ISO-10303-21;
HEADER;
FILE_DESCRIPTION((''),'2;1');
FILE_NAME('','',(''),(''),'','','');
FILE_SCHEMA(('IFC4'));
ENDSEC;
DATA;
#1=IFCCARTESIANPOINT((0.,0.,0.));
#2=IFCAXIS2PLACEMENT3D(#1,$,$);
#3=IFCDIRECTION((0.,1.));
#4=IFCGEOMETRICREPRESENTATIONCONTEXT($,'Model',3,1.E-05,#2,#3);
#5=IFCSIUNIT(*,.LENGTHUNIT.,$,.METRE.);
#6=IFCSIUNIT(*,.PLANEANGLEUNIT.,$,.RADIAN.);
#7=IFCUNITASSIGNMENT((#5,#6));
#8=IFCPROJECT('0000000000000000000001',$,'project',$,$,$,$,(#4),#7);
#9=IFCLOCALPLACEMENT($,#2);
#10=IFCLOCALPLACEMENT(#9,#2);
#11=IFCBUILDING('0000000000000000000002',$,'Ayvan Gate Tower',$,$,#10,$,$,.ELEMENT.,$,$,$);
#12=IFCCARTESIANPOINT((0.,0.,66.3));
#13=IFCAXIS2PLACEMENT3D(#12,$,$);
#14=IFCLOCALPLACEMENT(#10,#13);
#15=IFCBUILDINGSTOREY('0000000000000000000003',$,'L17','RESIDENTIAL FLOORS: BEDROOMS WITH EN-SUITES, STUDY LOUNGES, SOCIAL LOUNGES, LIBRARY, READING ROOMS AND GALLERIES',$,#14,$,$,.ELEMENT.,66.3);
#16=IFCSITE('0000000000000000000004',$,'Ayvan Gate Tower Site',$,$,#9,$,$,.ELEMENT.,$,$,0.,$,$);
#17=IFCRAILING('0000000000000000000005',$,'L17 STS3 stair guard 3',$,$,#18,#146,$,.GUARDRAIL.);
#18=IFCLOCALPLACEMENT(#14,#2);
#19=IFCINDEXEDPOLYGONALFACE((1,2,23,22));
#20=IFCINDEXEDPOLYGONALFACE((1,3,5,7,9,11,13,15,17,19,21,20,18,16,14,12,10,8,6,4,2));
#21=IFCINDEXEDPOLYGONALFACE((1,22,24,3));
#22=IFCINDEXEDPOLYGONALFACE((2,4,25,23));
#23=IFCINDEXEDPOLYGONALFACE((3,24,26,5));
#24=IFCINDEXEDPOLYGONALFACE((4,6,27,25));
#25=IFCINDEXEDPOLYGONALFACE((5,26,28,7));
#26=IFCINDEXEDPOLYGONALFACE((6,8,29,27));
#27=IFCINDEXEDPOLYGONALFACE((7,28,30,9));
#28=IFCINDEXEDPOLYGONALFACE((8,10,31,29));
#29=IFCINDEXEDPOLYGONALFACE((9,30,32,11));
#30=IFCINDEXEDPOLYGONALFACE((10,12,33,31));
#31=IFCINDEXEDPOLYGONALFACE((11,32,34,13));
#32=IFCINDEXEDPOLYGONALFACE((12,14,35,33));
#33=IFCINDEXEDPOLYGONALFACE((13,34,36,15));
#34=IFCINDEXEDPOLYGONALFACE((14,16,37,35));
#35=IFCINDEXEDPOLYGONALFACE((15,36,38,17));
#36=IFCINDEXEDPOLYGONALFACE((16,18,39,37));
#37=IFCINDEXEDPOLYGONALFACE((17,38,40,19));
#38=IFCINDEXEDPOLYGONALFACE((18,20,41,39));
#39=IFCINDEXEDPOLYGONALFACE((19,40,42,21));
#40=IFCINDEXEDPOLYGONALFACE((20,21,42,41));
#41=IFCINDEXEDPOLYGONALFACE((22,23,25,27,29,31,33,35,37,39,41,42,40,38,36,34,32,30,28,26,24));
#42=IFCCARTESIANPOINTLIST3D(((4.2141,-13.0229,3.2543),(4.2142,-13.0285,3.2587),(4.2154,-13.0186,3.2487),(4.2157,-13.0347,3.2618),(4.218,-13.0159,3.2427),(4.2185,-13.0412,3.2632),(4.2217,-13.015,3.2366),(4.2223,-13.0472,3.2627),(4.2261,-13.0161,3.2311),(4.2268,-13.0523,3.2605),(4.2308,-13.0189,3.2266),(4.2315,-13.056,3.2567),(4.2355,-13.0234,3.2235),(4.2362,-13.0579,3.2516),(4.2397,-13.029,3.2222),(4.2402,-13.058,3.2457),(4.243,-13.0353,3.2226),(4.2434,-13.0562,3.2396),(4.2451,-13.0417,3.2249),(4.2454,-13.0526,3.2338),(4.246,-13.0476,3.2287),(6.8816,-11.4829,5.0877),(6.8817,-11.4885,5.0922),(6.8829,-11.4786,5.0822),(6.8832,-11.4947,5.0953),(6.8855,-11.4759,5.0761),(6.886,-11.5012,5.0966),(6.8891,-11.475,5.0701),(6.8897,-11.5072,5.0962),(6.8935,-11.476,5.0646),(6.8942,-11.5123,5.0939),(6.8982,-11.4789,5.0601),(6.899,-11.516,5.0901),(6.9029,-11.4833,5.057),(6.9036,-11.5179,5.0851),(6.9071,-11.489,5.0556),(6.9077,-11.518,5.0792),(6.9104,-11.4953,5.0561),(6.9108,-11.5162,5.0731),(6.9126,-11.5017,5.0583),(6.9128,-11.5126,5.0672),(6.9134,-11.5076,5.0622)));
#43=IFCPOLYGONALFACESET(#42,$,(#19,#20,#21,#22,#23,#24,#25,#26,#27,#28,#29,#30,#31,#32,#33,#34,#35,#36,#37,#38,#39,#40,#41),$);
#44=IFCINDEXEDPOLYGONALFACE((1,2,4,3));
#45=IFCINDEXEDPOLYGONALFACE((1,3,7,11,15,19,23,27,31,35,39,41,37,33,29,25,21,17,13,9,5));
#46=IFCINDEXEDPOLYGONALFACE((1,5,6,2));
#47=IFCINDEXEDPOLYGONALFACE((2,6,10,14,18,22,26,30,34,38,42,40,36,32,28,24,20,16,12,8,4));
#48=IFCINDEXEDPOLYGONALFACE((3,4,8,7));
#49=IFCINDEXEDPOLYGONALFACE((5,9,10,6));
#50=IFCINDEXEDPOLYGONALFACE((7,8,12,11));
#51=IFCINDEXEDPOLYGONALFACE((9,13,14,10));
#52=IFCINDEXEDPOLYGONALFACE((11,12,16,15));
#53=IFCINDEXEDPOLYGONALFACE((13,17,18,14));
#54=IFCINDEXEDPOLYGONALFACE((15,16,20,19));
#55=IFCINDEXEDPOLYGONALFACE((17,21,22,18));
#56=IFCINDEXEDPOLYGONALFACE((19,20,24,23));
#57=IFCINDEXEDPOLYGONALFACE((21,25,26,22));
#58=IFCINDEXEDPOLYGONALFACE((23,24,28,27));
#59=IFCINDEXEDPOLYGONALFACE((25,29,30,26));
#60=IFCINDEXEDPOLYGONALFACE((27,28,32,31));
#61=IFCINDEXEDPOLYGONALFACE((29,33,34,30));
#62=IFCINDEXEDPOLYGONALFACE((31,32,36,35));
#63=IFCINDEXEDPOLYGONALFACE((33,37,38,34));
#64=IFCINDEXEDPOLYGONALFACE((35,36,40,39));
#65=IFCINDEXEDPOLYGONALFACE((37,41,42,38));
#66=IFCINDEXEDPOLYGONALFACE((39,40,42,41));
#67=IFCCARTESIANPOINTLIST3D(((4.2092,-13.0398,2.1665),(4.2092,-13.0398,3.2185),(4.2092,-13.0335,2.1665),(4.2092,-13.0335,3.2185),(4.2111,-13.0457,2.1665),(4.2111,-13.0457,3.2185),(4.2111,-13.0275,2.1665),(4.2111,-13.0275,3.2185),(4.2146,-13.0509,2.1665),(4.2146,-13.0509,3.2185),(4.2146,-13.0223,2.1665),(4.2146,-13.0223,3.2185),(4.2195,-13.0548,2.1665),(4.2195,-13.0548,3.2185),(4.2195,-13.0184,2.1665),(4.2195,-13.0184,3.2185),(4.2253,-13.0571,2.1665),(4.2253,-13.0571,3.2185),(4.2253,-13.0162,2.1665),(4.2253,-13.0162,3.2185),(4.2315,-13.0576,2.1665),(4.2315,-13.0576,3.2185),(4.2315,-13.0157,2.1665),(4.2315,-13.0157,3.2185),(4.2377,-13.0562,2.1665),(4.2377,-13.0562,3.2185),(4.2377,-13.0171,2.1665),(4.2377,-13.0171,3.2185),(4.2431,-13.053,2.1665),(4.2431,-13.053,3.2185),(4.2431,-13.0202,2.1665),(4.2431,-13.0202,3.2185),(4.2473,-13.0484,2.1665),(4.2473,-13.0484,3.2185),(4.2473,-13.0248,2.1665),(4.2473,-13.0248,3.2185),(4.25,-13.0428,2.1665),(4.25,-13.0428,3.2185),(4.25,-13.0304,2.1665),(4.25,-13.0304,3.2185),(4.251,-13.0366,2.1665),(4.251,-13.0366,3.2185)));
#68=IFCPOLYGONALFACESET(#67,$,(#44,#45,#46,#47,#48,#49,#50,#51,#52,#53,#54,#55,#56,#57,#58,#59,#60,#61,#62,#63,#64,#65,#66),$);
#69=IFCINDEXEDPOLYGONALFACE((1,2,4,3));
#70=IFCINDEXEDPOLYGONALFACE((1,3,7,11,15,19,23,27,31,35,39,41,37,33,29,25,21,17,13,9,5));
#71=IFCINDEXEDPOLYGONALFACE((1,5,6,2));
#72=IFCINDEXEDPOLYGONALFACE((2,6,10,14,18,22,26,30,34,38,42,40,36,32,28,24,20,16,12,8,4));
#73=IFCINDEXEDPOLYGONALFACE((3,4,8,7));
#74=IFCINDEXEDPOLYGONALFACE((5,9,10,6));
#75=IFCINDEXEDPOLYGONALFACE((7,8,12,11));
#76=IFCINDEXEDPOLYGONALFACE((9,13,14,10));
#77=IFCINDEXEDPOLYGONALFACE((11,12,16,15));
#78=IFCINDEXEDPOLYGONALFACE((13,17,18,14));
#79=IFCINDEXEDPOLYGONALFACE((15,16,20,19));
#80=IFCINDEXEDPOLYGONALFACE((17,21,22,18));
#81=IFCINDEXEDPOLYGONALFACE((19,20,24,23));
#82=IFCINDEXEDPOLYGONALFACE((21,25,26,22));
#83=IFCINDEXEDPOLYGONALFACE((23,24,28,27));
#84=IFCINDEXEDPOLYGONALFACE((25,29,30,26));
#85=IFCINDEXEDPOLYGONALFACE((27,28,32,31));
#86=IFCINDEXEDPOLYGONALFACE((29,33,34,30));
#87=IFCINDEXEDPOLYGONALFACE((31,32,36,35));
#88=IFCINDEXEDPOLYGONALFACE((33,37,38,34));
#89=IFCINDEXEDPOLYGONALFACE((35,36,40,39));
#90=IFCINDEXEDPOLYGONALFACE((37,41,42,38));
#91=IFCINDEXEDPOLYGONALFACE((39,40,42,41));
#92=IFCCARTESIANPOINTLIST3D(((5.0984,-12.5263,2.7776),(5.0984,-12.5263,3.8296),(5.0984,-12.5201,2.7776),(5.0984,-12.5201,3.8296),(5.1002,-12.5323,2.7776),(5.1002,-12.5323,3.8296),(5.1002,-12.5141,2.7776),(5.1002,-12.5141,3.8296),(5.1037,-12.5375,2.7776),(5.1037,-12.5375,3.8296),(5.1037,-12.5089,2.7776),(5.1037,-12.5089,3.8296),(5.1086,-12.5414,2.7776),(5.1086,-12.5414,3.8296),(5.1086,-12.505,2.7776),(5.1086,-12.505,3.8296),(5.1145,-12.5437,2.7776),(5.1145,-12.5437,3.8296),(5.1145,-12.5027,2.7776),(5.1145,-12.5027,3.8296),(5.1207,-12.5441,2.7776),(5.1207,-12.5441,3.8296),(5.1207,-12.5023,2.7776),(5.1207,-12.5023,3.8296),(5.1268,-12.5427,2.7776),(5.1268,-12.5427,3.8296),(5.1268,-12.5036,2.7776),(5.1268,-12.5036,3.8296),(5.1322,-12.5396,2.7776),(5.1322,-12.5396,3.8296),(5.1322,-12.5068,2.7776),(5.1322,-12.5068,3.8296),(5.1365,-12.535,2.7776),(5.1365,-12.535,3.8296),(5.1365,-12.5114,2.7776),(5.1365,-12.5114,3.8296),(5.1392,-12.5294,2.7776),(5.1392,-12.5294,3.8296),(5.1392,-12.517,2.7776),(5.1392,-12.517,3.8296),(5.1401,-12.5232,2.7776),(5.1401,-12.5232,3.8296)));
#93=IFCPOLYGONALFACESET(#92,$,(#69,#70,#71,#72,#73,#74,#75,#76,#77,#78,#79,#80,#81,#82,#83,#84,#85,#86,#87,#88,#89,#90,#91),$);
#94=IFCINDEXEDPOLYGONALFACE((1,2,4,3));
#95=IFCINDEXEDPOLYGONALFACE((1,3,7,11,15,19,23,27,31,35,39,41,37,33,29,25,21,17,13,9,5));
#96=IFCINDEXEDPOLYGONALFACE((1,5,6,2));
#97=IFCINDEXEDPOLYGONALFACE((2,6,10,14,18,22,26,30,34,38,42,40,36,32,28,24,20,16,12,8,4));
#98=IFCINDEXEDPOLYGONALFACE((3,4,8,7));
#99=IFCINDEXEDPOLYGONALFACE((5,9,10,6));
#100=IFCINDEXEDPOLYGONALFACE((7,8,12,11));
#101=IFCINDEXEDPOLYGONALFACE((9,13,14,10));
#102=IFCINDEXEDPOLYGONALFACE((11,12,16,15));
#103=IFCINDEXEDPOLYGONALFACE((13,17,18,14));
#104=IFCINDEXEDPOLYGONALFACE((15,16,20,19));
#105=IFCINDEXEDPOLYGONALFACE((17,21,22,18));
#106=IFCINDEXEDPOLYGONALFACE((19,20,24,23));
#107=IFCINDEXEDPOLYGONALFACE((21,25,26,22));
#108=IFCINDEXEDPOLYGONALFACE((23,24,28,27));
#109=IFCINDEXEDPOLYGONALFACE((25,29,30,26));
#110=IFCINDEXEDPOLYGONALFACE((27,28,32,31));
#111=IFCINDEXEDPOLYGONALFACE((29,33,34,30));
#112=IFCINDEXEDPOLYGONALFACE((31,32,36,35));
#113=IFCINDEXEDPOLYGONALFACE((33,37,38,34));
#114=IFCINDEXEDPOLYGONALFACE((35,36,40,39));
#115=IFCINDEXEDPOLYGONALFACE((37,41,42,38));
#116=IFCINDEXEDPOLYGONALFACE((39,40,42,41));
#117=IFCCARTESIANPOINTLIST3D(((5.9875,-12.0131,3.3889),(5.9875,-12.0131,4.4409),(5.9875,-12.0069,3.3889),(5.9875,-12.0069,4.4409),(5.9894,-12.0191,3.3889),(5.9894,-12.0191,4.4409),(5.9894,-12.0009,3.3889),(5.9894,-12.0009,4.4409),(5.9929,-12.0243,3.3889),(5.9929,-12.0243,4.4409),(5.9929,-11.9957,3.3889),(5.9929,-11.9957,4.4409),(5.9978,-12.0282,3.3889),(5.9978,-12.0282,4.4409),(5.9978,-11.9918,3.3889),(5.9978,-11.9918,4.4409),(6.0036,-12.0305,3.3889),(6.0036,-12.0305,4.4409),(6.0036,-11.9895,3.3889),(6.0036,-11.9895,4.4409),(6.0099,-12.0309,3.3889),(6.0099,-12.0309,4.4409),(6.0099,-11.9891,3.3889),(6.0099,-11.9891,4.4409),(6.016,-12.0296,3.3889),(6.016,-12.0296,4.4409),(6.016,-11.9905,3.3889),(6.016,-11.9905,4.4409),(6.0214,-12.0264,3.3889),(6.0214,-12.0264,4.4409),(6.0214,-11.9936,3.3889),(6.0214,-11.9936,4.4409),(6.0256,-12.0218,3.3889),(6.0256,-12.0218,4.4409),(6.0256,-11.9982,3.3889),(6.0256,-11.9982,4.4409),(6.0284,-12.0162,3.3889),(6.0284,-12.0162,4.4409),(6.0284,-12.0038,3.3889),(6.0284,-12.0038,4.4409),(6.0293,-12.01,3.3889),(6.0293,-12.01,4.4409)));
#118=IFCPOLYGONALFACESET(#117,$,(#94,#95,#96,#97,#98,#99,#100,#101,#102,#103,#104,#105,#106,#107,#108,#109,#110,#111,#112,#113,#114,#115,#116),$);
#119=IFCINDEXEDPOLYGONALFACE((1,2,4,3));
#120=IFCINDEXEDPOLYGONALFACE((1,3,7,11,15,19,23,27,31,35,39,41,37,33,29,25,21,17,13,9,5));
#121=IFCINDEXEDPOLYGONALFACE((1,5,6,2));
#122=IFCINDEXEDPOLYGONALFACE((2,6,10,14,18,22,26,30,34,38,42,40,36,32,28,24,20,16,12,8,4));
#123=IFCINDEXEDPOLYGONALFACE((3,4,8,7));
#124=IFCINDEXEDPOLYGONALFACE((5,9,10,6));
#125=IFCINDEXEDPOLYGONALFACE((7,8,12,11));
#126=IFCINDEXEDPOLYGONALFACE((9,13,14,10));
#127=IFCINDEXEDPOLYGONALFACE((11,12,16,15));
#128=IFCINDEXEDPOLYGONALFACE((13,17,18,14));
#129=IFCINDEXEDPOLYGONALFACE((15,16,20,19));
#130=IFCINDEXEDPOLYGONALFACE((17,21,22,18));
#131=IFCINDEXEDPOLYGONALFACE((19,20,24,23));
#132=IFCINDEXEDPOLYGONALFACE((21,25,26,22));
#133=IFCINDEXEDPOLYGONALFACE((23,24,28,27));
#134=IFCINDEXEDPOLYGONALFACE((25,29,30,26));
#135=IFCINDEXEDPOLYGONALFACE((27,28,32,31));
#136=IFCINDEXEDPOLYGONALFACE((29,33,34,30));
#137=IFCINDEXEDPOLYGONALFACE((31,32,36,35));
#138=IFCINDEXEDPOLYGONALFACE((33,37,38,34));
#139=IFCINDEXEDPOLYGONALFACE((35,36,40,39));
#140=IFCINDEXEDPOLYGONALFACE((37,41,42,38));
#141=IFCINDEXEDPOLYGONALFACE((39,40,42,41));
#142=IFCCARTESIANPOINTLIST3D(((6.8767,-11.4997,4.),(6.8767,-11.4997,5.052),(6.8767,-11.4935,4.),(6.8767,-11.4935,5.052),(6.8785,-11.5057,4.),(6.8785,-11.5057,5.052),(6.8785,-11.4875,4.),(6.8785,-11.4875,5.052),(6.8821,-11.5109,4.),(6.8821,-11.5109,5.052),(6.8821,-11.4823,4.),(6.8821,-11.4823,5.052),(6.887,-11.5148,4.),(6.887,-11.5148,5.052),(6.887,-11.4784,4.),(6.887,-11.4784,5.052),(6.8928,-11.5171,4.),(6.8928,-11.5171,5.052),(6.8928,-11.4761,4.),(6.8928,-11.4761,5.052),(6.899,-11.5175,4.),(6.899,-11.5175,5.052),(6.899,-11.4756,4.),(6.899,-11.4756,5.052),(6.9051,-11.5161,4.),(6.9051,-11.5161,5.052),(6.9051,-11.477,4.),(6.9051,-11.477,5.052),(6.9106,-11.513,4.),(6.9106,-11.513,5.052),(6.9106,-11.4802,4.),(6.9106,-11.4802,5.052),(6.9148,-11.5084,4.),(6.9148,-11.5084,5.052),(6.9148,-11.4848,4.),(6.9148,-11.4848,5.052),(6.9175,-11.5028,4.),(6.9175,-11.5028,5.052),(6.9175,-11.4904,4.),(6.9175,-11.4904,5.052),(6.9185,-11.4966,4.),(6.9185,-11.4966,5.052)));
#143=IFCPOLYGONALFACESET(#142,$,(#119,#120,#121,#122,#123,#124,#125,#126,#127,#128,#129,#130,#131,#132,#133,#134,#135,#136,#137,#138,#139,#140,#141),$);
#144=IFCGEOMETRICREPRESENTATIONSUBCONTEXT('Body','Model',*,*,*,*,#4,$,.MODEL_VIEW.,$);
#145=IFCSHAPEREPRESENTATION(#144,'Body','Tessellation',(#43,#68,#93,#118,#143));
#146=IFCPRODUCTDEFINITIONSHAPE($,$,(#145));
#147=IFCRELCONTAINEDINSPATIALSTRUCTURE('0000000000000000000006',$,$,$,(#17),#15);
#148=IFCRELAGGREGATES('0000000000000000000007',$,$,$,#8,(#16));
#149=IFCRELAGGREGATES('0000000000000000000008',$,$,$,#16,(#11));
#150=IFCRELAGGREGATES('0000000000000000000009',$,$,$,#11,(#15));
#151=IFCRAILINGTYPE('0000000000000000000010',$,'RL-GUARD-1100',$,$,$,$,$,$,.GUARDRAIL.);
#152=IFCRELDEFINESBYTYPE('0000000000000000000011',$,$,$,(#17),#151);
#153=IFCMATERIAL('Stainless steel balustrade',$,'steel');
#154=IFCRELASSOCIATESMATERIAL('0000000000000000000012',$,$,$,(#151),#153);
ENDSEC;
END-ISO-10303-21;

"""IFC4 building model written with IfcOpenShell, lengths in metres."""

from ifc_helpers import new_model, si_unit, direction, frame, origin, origin_2d, place, context, subcontext, project, spatial, circle, extrude, material, type_object, element, save


model = new_model("IFC4")

# Units and contexts
model_context = context("Model", 3, precision=1e-05, world=origin(), true_north=direction((0.0, 1.0)))
body_context = subcontext(model_context, "Body", "Model", "MODEL_VIEW")
ifc_project = project(units=[si_unit("LENGTHUNIT", "METRE"), si_unit("PLANEANGLEUNIT", "RADIAN")], contexts=[model_context])

# Site, building, storey
site_placement = place(None, origin())
site = spatial("IfcSite", under=ifc_project, at=site_placement, Name="Ayvan Gate Tower Site", CompositionType="ELEMENT", RefElevation=0.0)
building_placement = place(site_placement, origin())
building = spatial("IfcBuilding", under=site, at=building_placement, Name="Ayvan Gate Tower", CompositionType="ELEMENT")
storey_placement = place(building_placement, frame((0.0, 0.0, 66.3)))
storey = spatial("IfcBuildingStorey", under=building, at=storey_placement, Name="L17", Description="RESIDENTIAL FLOORS: BEDROOMS WITH EN-SUITES, STUDY LOUNGES, SOCIAL LOUNGES, LIBRARY, READING ROOMS AND GALLERIES", CompositionType="ELEMENT", Elevation=66.3)

# Railing
ifc_material_1 = material(Name="Stainless steel balustrade", Category="steel")
railing_type_1 = type_object("IfcRailingType", Name="RL-GUARD-1100", PredefinedType="GUARDRAIL", material=ifc_material_1)
railing_1_placement = place(storey_placement, frame((4.23, -13.0366, 2.1665)))
element("IfcRailing", 1, at=railing_1_placement, inside=storey, type_object=railing_type_1, Name="L17 STS3 stair guard 3", PredefinedType="GUARDRAIL", context=body_context, shape_type="SweptSolid", body=[
    extrude(circle(Radius=0.0239, at=origin_2d()), frame((0.0, 0.0, 1.0762), z_axis=(0.744164, 0.429634, 0.511502), x_axis=(-0.499992, 0.86603, 0.0)), (0.0, 0.0, 1.0), 3.5845),
    extrude(circle(Radius=0.021, at=origin_2d()), origin(), (0.0, 0.0, 1.0), 1.052),
    extrude(circle(Radius=0.021, at=origin_2d()), frame((0.8892, 0.5134, 0.6111)), (0.0, 0.0, 1.0), 1.052),
    extrude(circle(Radius=0.021, at=origin_2d()), frame((1.7783, 1.0266, 1.2224)), (0.0, 0.0, 1.0), 1.052),
    extrude(circle(Radius=0.021, at=origin_2d()), frame((2.6675, 1.54, 1.8335)), (0.0, 0.0, 1.0), 1.052),
])

save(model, "model.ifc")
